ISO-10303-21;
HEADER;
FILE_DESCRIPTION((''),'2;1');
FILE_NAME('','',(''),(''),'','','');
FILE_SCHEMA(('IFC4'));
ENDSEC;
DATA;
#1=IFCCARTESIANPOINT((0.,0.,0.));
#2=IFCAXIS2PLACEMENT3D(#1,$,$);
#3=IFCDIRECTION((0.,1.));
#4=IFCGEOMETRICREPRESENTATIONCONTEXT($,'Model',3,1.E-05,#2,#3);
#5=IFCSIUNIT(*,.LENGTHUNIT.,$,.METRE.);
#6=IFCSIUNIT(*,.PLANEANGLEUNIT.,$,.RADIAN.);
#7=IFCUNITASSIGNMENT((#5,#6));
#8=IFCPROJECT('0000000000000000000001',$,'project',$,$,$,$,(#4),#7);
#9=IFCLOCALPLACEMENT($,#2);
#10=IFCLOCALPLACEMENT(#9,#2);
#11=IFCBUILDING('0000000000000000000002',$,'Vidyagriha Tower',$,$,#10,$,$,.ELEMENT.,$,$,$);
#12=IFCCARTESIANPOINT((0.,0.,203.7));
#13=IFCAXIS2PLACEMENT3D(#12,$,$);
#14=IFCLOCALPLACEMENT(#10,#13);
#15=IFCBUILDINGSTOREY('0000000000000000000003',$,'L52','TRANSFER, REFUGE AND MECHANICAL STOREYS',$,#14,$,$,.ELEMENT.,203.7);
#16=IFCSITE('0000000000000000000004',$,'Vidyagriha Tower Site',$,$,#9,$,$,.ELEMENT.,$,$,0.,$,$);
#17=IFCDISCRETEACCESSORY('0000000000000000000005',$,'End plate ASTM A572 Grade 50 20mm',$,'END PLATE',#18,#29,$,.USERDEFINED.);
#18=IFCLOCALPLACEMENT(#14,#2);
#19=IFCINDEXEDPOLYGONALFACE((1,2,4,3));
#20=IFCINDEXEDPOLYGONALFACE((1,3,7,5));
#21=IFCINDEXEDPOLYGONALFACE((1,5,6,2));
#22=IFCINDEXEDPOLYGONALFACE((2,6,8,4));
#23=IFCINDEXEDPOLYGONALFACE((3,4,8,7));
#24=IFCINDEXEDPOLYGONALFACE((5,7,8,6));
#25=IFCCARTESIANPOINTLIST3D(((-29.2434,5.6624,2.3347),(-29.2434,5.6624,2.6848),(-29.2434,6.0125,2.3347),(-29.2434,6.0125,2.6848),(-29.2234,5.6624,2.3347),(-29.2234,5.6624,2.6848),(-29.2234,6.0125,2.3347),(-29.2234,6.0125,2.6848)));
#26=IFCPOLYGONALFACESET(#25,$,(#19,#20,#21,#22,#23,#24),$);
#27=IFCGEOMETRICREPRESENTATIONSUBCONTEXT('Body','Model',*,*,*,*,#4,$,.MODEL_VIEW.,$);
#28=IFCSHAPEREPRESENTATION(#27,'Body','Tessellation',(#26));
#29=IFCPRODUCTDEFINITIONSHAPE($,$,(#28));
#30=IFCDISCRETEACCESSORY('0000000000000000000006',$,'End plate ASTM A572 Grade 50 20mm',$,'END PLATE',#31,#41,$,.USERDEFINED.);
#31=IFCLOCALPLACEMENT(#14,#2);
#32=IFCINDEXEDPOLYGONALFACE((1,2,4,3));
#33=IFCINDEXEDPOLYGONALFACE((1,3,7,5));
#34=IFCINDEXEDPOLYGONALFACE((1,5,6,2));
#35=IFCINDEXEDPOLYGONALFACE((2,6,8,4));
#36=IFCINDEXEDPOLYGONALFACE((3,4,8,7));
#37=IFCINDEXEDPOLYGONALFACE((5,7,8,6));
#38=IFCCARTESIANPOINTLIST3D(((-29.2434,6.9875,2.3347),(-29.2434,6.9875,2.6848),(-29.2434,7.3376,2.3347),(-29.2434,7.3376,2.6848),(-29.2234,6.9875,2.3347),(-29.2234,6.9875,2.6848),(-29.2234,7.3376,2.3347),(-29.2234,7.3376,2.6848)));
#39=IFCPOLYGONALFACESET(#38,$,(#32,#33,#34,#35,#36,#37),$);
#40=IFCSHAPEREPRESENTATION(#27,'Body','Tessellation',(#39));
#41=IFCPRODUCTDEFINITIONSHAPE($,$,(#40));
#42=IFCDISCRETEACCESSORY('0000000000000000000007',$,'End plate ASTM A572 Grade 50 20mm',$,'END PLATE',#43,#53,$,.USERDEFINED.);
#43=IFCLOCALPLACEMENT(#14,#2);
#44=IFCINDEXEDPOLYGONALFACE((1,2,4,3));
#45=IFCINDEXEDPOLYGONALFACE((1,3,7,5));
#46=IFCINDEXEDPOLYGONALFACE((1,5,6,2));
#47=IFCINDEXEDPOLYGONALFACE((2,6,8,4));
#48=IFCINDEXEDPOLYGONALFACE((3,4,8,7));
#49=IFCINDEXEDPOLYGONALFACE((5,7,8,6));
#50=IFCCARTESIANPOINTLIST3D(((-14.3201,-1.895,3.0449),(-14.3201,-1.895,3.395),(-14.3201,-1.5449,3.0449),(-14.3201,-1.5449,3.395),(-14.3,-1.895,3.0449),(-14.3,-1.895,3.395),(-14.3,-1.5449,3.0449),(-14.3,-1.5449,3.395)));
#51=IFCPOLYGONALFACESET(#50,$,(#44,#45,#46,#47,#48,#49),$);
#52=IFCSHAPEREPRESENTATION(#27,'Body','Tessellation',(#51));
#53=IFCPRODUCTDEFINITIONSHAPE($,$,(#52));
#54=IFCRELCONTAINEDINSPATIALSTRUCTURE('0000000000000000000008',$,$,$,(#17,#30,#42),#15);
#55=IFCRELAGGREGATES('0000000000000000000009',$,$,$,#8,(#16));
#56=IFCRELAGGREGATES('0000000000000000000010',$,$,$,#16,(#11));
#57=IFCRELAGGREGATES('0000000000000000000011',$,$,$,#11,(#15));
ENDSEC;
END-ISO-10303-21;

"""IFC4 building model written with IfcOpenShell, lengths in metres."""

from ifc_helpers import new_model, si_unit, direction, frame, origin, origin_2d, place, context, subcontext, project, spatial, rectangle, extrude, element, save


model = new_model("IFC4")

# Units and contexts
model_context = context("Model", 3, precision=1e-05, world=origin(), true_north=direction((0.0, 1.0)))
body_context = subcontext(model_context, "Body", "Model", "MODEL_VIEW")
ifc_project = project(units=[si_unit("LENGTHUNIT", "METRE"), si_unit("PLANEANGLEUNIT", "RADIAN")], contexts=[model_context])

# Site, building, storey
site_placement = place(None, origin())
site = spatial("IfcSite", under=ifc_project, at=site_placement, Name="Vidyagriha Tower Site", CompositionType="ELEMENT", RefElevation=0.0)
building_placement = place(site_placement, origin())
building = spatial("IfcBuilding", under=site, at=building_placement, Name="Vidyagriha Tower", CompositionType="ELEMENT")
storey_placement = place(building_placement, frame((0.0, 0.0, 203.7)))
storey = spatial("IfcBuildingStorey", under=building, at=storey_placement, Name="L52", Description="TRANSFER, REFUGE AND MECHANICAL STOREYS", CompositionType="ELEMENT", Elevation=203.7)

# Discrete accessories
for number, where, z_axis, x_axis, name in (
    (1, (-29.2334, 5.8374, 2.3347), (0.0, 0.0, 1.0), (0.0, 1.0, 0.0), "End plate ASTM A572 Grade 50 20mm"),
    (2, (-29.2334, 7.1626, 2.3347), (0.0, 0.0, 1.0), (0.0, -1.0, 0.0), "End plate ASTM A572 Grade 50 20mm"),
    (3, (-14.3101, -1.72, 3.0449), (0.0, 0.0, 1.0), (0.0, -1.0, 0.0), "End plate ASTM A572 Grade 50 20mm"),
):
    element("IfcDiscreteAccessory", number, at=place(storey_placement, frame(where, z_axis=z_axis, x_axis=x_axis)), inside=storey, Name=name, ObjectType="END PLATE", PredefinedType="USERDEFINED", context=body_context, shape_type="SweptSolid", body=[
        extrude(rectangle(XDim=0.3501, YDim=0.02, at=origin_2d()), origin(), (0.0, 0.0, 1.0), 0.3501),
    ])

save(model, "model.ifc")
